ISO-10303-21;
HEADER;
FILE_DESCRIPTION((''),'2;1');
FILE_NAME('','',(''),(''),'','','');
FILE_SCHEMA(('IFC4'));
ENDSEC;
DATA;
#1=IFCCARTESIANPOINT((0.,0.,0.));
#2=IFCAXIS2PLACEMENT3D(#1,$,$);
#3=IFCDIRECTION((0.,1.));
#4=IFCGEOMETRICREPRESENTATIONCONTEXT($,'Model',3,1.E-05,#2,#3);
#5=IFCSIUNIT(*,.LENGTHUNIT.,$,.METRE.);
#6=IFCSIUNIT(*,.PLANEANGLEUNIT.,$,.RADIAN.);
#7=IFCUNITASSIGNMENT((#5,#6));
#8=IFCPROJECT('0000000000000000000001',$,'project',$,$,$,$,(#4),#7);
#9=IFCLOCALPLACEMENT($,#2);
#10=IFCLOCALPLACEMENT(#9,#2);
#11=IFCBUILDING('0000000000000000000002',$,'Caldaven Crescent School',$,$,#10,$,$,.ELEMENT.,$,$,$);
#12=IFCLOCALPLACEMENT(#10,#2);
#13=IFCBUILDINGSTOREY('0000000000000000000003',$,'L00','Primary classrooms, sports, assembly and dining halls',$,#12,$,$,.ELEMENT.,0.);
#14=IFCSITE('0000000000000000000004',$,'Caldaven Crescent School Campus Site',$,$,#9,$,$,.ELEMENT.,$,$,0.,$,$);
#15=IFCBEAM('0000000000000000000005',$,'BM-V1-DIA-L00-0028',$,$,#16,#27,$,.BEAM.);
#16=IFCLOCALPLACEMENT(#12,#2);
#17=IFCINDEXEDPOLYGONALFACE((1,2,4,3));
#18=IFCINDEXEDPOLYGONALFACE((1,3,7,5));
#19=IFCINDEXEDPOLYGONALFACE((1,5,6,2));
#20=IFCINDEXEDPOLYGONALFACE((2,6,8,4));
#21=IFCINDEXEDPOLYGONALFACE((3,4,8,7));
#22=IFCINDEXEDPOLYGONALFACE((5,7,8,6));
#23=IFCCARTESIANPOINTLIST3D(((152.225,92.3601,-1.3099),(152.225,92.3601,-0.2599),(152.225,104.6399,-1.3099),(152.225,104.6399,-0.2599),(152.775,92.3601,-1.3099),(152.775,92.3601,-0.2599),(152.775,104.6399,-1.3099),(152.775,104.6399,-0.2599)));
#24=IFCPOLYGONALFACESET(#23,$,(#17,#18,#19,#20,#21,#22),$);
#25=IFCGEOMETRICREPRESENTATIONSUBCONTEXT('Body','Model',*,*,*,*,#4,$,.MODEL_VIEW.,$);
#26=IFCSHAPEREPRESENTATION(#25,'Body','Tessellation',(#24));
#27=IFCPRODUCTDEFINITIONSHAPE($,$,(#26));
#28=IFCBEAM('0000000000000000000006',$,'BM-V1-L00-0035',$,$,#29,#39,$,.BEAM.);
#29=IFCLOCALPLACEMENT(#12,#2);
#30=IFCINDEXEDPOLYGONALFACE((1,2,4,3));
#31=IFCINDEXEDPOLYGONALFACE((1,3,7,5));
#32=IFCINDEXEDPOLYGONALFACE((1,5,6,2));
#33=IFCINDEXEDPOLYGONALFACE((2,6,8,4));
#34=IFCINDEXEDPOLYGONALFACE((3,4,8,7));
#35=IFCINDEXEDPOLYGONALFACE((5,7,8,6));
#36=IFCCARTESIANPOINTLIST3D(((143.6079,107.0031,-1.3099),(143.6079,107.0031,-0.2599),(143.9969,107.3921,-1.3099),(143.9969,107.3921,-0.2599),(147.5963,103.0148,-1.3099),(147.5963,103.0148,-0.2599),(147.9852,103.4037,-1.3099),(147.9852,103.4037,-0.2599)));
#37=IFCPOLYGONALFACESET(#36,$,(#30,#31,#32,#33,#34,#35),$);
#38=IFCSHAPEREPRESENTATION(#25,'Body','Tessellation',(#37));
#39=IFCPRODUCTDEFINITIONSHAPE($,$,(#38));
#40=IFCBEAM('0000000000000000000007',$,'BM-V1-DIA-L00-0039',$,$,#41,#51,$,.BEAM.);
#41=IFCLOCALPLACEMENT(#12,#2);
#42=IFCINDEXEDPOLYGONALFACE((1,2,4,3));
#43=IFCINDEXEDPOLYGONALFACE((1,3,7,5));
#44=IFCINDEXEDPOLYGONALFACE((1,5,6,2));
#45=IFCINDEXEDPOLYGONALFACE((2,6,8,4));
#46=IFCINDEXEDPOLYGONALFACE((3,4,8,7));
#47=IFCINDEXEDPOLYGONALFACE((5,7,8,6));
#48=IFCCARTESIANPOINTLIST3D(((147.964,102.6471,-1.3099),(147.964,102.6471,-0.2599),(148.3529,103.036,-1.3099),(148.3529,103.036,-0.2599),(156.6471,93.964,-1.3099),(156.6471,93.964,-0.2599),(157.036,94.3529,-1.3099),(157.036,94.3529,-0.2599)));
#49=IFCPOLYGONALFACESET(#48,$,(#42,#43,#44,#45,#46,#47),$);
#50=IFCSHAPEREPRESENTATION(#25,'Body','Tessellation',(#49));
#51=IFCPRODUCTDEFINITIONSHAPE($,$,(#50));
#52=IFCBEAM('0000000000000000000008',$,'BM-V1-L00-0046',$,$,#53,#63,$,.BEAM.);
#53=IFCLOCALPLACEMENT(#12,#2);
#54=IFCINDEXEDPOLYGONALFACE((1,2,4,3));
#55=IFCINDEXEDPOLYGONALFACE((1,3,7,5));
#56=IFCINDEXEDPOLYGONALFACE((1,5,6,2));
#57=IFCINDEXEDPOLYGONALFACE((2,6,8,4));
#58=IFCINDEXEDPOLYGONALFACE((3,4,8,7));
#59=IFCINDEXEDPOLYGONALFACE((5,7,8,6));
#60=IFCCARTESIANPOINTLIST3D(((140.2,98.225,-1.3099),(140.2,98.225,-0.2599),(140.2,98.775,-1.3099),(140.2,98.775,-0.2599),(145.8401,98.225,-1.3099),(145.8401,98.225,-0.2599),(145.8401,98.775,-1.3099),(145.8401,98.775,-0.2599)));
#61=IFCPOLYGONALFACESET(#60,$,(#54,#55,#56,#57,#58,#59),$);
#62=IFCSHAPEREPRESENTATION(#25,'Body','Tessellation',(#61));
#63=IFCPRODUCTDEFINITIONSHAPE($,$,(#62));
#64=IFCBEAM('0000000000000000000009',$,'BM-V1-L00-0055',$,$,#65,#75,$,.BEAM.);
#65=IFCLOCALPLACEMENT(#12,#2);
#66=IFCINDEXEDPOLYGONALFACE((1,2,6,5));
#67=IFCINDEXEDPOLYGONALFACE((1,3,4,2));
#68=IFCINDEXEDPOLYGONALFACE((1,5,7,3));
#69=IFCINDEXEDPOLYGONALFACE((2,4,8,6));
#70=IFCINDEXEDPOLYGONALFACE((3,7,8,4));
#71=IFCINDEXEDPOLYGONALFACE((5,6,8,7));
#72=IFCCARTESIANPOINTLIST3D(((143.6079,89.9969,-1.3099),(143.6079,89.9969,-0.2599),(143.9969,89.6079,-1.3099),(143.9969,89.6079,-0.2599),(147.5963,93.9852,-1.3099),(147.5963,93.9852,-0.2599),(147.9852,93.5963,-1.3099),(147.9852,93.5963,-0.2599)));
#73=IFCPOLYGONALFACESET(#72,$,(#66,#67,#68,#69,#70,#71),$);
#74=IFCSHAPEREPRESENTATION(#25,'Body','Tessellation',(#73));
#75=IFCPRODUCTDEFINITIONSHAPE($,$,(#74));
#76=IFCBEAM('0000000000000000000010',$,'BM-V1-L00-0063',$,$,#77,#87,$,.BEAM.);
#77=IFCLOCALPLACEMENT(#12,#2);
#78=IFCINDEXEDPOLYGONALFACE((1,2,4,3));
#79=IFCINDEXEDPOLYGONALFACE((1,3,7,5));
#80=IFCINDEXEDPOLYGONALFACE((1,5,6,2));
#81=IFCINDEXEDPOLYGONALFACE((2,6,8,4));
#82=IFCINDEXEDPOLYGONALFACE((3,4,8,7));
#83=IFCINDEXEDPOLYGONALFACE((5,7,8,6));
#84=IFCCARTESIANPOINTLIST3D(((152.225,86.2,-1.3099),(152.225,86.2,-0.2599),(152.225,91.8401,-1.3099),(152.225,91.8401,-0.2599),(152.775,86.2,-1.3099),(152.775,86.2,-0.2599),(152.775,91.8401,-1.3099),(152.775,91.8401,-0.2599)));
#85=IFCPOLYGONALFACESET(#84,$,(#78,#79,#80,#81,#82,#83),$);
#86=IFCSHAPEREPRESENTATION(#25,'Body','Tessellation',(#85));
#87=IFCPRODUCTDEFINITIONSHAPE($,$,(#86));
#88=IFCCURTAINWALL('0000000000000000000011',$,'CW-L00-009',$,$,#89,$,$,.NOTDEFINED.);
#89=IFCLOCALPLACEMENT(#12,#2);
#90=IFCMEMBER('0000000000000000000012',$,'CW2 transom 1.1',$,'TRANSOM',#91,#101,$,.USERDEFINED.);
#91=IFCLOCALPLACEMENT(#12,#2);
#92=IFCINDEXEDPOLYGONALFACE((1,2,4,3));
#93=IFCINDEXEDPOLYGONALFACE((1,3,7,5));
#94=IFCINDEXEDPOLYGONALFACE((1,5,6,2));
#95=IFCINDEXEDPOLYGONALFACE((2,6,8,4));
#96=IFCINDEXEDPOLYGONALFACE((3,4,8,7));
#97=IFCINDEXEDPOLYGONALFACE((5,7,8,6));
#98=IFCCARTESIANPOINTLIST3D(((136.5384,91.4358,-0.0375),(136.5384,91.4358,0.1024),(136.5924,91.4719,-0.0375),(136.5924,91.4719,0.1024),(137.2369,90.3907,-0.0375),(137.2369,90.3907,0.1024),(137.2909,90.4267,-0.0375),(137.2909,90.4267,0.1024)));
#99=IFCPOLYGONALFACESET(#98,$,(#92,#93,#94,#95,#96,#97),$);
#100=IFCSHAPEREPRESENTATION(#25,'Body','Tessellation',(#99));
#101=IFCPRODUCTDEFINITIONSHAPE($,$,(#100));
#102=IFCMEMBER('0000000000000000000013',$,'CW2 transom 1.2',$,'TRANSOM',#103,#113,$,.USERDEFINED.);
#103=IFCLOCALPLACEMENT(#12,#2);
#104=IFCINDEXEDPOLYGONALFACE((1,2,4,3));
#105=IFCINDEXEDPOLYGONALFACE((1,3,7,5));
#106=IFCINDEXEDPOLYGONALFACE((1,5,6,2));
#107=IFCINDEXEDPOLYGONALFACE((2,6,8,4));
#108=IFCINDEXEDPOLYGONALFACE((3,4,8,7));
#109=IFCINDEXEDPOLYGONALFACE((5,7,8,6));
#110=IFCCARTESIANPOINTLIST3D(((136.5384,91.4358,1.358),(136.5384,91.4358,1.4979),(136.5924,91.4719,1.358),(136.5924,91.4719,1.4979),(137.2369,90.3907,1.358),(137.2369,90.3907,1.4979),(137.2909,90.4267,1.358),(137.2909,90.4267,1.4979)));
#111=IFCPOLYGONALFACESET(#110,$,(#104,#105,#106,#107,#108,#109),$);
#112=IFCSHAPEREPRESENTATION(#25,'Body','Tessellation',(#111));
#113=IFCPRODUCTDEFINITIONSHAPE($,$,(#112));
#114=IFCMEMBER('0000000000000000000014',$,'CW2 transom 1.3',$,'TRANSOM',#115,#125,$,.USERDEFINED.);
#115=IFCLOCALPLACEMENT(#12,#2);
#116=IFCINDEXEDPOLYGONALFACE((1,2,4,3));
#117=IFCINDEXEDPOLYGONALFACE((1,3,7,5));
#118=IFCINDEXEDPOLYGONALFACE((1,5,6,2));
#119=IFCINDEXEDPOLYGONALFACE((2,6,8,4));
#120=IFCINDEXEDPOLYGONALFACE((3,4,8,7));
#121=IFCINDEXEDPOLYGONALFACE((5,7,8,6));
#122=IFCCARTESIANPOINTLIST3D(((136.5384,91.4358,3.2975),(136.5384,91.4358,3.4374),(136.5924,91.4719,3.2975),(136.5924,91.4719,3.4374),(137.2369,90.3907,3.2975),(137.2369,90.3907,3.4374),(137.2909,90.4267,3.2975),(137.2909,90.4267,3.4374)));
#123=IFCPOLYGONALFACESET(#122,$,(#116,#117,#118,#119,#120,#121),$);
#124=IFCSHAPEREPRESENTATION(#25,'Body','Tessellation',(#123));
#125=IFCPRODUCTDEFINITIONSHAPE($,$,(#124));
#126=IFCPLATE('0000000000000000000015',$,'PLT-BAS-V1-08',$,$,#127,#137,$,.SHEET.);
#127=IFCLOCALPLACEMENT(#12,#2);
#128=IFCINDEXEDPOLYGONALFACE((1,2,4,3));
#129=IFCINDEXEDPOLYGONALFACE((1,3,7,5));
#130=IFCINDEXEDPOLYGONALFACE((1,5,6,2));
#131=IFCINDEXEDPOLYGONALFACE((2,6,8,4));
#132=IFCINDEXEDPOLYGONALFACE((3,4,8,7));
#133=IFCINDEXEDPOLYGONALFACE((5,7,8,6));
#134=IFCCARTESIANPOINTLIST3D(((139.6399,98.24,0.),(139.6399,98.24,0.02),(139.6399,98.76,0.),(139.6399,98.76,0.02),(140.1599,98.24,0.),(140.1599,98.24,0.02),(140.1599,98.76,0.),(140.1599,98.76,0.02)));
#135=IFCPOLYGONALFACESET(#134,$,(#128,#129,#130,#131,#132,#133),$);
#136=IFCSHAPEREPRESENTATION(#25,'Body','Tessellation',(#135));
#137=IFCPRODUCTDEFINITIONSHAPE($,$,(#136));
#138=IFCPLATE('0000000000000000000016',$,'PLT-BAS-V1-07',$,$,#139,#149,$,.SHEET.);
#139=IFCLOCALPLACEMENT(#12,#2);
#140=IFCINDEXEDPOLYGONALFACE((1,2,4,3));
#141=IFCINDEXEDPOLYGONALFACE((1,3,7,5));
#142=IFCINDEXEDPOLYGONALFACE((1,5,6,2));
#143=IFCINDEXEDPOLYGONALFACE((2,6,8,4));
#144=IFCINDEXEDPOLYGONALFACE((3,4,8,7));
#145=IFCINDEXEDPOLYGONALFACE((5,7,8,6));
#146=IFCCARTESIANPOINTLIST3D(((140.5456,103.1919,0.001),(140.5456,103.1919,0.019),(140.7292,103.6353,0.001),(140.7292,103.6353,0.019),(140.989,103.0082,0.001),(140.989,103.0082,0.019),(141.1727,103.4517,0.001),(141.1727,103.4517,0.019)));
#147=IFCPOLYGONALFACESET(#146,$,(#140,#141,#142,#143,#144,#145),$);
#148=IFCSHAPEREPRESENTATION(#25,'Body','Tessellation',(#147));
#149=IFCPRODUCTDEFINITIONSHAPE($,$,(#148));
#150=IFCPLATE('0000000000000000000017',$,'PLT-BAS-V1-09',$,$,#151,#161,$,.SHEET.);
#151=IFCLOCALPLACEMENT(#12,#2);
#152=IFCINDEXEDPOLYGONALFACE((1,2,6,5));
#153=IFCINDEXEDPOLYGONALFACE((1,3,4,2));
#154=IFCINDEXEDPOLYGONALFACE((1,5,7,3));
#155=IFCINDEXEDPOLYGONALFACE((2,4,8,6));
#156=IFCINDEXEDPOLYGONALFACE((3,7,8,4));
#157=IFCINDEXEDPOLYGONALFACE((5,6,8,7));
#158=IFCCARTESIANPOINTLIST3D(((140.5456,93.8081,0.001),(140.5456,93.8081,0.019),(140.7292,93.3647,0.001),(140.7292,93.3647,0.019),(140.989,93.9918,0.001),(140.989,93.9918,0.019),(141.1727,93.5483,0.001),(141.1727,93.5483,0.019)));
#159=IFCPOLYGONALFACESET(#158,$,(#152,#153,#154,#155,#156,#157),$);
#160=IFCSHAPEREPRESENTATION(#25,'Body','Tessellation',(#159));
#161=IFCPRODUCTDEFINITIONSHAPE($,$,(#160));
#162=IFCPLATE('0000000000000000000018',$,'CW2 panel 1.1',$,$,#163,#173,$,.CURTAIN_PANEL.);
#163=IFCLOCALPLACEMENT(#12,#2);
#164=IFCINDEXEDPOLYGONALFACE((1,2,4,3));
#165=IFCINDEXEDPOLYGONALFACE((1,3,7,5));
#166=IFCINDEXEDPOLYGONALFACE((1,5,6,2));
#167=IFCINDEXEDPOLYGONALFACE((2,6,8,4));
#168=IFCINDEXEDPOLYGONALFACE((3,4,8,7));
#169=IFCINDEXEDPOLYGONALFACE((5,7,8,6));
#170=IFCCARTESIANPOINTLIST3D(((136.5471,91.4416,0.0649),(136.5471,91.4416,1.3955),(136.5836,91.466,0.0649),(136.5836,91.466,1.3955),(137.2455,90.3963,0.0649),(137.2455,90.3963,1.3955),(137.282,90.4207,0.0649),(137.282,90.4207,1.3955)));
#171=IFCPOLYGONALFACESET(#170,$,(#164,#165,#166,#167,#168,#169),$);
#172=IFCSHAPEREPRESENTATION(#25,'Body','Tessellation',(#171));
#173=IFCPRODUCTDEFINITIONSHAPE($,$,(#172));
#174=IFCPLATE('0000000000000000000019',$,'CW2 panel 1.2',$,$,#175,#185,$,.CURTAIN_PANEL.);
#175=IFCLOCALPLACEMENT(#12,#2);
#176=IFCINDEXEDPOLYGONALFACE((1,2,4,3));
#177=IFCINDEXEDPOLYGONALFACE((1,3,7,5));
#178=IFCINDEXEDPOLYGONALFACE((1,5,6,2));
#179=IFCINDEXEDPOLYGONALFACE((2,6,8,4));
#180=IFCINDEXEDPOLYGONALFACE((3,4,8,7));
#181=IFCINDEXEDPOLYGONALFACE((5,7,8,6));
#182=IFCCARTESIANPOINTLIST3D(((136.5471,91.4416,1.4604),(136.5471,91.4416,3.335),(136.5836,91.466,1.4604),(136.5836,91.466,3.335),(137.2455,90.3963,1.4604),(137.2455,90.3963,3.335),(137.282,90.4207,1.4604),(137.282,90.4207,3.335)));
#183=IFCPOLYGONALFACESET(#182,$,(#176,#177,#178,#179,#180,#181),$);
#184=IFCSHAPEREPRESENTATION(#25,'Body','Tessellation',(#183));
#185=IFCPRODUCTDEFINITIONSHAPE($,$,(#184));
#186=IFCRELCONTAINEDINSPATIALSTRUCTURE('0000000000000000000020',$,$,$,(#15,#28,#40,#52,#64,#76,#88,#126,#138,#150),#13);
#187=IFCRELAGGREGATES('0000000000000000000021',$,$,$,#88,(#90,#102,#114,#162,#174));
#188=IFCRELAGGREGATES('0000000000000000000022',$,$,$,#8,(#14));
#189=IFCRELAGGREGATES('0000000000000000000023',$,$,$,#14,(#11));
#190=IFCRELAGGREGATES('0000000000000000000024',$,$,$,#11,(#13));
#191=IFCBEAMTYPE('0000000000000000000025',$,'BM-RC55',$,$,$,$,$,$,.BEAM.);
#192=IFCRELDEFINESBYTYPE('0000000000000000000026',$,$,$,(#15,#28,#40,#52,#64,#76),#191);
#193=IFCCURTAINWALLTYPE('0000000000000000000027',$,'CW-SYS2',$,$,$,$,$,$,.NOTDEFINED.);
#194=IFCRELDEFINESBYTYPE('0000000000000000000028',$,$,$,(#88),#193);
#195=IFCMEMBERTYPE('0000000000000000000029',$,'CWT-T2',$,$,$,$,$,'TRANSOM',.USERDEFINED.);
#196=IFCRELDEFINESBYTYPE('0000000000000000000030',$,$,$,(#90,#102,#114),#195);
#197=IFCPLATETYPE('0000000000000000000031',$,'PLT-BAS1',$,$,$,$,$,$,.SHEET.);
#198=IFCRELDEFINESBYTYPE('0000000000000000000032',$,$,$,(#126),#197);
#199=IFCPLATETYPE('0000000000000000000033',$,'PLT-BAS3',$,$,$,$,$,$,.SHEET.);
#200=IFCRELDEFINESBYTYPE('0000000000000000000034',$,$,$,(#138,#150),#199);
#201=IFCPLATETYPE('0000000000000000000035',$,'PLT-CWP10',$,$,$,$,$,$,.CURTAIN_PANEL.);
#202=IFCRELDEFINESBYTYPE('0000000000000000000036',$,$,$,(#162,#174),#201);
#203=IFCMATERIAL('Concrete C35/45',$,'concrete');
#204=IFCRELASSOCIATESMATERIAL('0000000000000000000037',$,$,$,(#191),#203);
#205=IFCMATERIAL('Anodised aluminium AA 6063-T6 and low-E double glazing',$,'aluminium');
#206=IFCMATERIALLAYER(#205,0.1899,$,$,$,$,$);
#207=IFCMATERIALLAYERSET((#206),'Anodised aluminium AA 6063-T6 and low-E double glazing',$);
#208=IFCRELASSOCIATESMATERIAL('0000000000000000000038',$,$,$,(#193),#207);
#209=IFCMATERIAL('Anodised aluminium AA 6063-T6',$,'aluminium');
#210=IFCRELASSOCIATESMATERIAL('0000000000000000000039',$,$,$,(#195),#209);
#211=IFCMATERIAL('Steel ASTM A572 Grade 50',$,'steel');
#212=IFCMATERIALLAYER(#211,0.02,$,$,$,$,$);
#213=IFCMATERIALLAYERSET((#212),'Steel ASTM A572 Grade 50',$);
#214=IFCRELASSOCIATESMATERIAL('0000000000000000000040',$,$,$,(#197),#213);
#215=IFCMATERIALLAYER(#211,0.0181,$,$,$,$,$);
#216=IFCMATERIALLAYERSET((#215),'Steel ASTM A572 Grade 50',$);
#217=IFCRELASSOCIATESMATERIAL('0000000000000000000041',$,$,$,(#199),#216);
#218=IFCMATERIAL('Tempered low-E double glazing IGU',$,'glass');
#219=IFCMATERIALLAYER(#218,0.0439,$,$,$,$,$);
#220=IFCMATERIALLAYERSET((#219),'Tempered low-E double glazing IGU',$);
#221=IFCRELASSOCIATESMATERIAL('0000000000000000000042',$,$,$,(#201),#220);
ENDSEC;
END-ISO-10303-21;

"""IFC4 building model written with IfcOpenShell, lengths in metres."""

from ifc_helpers import new_model, si_unit, direction, frame, origin, origin_2d, place, context, subcontext, project, spatial, rectangle, extrude, material, layer, layer_set, material_profile, profile_set, type_object, element, aggregate, save


model = new_model("IFC4")

# Units and contexts
model_context = context("Model", 3, precision=1e-05, world=origin(), true_north=direction((0.0, 1.0)))
body_context = subcontext(model_context, "Body", "Model", "MODEL_VIEW")
ifc_project = project(units=[si_unit("LENGTHUNIT", "METRE"), si_unit("PLANEANGLEUNIT", "RADIAN")], contexts=[model_context])

# Site, building, storey
site_placement = place(None, origin())
site = spatial("IfcSite", under=ifc_project, at=site_placement, Name="Caldaven Crescent School Campus Site", CompositionType="ELEMENT", RefElevation=0.0)
building_placement = place(site_placement, origin())
building = spatial("IfcBuilding", under=site, at=building_placement, Name="Caldaven Crescent School", CompositionType="ELEMENT")
storey_placement = place(building_placement, origin())
storey = spatial("IfcBuildingStorey", under=building, at=storey_placement, Name="L00", Description="Primary classrooms, sports, assembly and dining halls", CompositionType="ELEMENT", Elevation=0.0)

# Beams
ifc_material_1 = material(Name="Concrete C35/45", Category="concrete")
ifc_material_profile_1 = material_profile(ifc_material_1, rectangle(XDim=0.55, YDim=1.05, at=origin_2d()), Name="RC 550x1050")
ifc_profile_set_1 = profile_set([ifc_material_profile_1], Name="Concrete C35/45")
beam_type_1 = type_object("IfcBeamType", Name="BM-RC55", PredefinedType="BEAM", material=ifc_profile_set_1)
beam_1_placement = place(storey_placement, frame((152.5, 104.6399, -0.7849), z_axis=(0.0, -1.0, 0.0), x_axis=(1.0, 0.0, 0.0)))
element("IfcBeam", 1, at=beam_1_placement, inside=storey, type_object=beam_type_1, Name="BM-V1-DIA-L00-0028", PredefinedType="BEAM", context=body_context, shape_type="SweptSolid", body=[
    extrude(rectangle(XDim=0.55, YDim=1.05, at=origin_2d()), origin(), (0.0, 0.0, 1.0), 12.2798),
])
beam_2_placement = place(storey_placement, frame((147.7908, 103.2092, -0.7849), z_axis=(-0.707107, 0.707107, 0.0), x_axis=(-0.707107, -0.707107, 0.0)))
element("IfcBeam", 2, at=beam_2_placement, inside=storey, type_object=beam_type_1, Name="BM-V1-L00-0035", PredefinedType="BEAM", context=body_context, shape_type="SweptSolid", body=[
    extrude(rectangle(XDim=0.55, YDim=1.05, at=origin_2d()), origin(), (0.0, 0.0, 1.0), 5.6404),
])
beam_3_placement = place(storey_placement, frame((148.1584, 102.8416, -0.7849), z_axis=(0.707107, -0.707107, 0.0), x_axis=(0.707107, 0.707107, 0.0)))
element("IfcBeam", 3, at=beam_3_placement, inside=storey, type_object=beam_type_1, Name="BM-V1-DIA-L00-0039", PredefinedType="BEAM", context=body_context, shape_type="SweptSolid", body=[
    extrude(rectangle(XDim=0.55, YDim=1.05, at=origin_2d()), origin(), (0.0, 0.0, 1.0), 12.2798),
])
beam_4_placement = place(storey_placement, frame((145.8401, 98.5, -0.7849), z_axis=(-1.0, 0.0, 0.0), x_axis=(0.0, -1.0, 0.0)))
element("IfcBeam", 4, at=beam_4_placement, inside=storey, type_object=beam_type_1, Name="BM-V1-L00-0046", PredefinedType="BEAM", context=body_context, shape_type="SweptSolid", body=[
    extrude(rectangle(XDim=0.55, YDim=1.05, at=origin_2d()), origin(), (0.0, 0.0, 1.0), 5.6401),
])
beam_5_placement = place(storey_placement, frame((147.7908, 93.7908, -0.7849), z_axis=(-0.707107, -0.707107, 0.0), x_axis=(0.707107, -0.707107, 0.0)))
element("IfcBeam", 5, at=beam_5_placement, inside=storey, type_object=beam_type_1, Name="BM-V1-L00-0055", PredefinedType="BEAM", context=body_context, shape_type="SweptSolid", body=[
    extrude(rectangle(XDim=0.55, YDim=1.05, at=origin_2d()), origin(), (0.0, 0.0, 1.0), 5.6404),
])
beam_6_placement = place(storey_placement, frame((152.5, 91.8401, -0.7849), z_axis=(0.0, -1.0, 0.0), x_axis=(1.0, 0.0, 0.0)))
element("IfcBeam", 6, at=beam_6_placement, inside=storey, type_object=beam_type_1, Name="BM-V1-L00-0063", PredefinedType="BEAM", context=body_context, shape_type="SweptSolid", body=[
    extrude(rectangle(XDim=0.55, YDim=1.05, at=origin_2d()), origin(), (0.0, 0.0, 1.0), 5.6401),
])

# Curtain wall, members
ifc_material_2 = material(Name="Anodised aluminium AA 6063-T6 and low-E double glazing", Category="aluminium")
ifc_layer_1 = layer(ifc_material_2, 0.1899)
ifc_layer_set_1 = layer_set([ifc_layer_1], Name="Anodised aluminium AA 6063-T6 and low-E double glazing")
curtain_wall_type = type_object("IfcCurtainWallType", Name="CW-SYS2", PredefinedType="NOTDEFINED", material=ifc_layer_set_1)
curtain_wall_placement = place(storey_placement, origin())
curtain_wall = element("IfcCurtainWall", 7, at=curtain_wall_placement, inside=storey, type_object=curtain_wall_type, Name="CW-L00-009", PredefinedType="NOTDEFINED")
ifc_material_3 = material(Name="Anodised aluminium AA 6063-T6", Category="aluminium")
ifc_material_profile_2 = material_profile(ifc_material_3, rectangle(XDim=0.0649, YDim=0.1399, at=origin_2d()), Name="CWT 65x140")
ifc_profile_set_2 = profile_set([ifc_material_profile_2], Name="Anodised aluminium AA 6063-T6")
member_type = type_object("IfcMemberType", Name="CWT-T2", ElementType="TRANSOM", PredefinedType="USERDEFINED", material=ifc_profile_set_2)
member_1_placement = place(storey_placement, frame((136.5654, 91.4539, 0.0325), z_axis=(0.555641, -0.831422, 0.0), x_axis=(0.831422, 0.555641, 0.0)))
member_1 = element("IfcMember", 8, at=member_1_placement, type_object=member_type, Name="CW2 transom 1.1", ObjectType="TRANSOM", PredefinedType="USERDEFINED", context=body_context, shape_type="SweptSolid", body=[
    extrude(rectangle(XDim=0.0649, YDim=0.1399, at=origin_2d()), origin(), (0.0, 0.0, 1.0), 1.2571),
])
member_2_placement = place(storey_placement, frame((136.5654, 91.4539, 1.428), z_axis=(0.555641, -0.831422, 0.0), x_axis=(0.831422, 0.555641, 0.0)))
member_2 = element("IfcMember", 9, at=member_2_placement, type_object=member_type, Name="CW2 transom 1.2", ObjectType="TRANSOM", PredefinedType="USERDEFINED", context=body_context, shape_type="SweptSolid", body=[
    extrude(rectangle(XDim=0.0649, YDim=0.1399, at=origin_2d()), origin(), (0.0, 0.0, 1.0), 1.2571),
])
member_3_placement = place(storey_placement, frame((136.5654, 91.4539, 3.3674), z_axis=(0.555641, -0.831422, 0.0), x_axis=(0.831422, 0.555641, 0.0)))
member_3 = element("IfcMember", 10, at=member_3_placement, type_object=member_type, Name="CW2 transom 1.3", ObjectType="TRANSOM", PredefinedType="USERDEFINED", context=body_context, shape_type="SweptSolid", body=[
    extrude(rectangle(XDim=0.0649, YDim=0.1399, at=origin_2d()), origin(), (0.0, 0.0, 1.0), 1.2571),
])

# Plates
ifc_material_4 = material(Name="Steel ASTM A572 Grade 50", Category="steel")
ifc_layer_2 = layer(ifc_material_4, 0.02)
ifc_layer_set_2 = layer_set([ifc_layer_2], Name="Steel ASTM A572 Grade 50")
plate_type_1 = type_object("IfcPlateType", Name="PLT-BAS1", PredefinedType="SHEET", material=ifc_layer_set_2)
plate_1_placement = place(storey_placement, frame((139.8999, 98.5, 0.0), z_axis=(0.0, 0.0, 1.0), x_axis=(-1.0, 0.0, 0.0)))
element("IfcPlate", 11, at=plate_1_placement, inside=storey, type_object=plate_type_1, Name="PLT-BAS-V1-08", PredefinedType="SHEET", context=body_context, shape_type="SweptSolid", body=[
    extrude(rectangle(XDim=0.52, YDim=0.52, at=origin_2d()), origin(), (0.0, 0.0, 1.0), 0.02),
])
ifc_layer_3 = layer(ifc_material_4, 0.0181)
ifc_layer_set_3 = layer_set([ifc_layer_3], Name="Steel ASTM A572 Grade 50")
plate_type_2 = type_object("IfcPlateType", Name="PLT-BAS3", PredefinedType="SHEET", material=ifc_layer_set_3)
for number, where, z_axis, x_axis, name in (
    (12, (140.8591, 103.3218, 0.001), (0.0, 0.0, 1.0), (-0.92388, 0.382683, 0.0), "PLT-BAS-V1-07"),
    (13, (140.8591, 93.6782, 0.001), (0.0, 0.0, 1.0), (-0.92388, -0.382683, 0.0), "PLT-BAS-V1-09"),
):
    element("IfcPlate", number, at=place(storey_placement, frame(where, z_axis=z_axis, x_axis=x_axis)), inside=storey, type_object=plate_type_2, Name=name, PredefinedType="SHEET", context=body_context, shape_type="SweptSolid", body=[
        extrude(rectangle(XDim=0.48, YDim=0.48, at=origin_2d()), origin(), (0.0, 0.0, 1.0), 0.0181),
    ])

# Plates
ifc_material_5 = material(Name="Tempered low-E double glazing IGU", Category="glass")
ifc_layer_4 = layer(ifc_material_5, 0.0439)
ifc_layer_set_4 = layer_set([ifc_layer_4], Name="Tempered low-E double glazing IGU")
plate_type_3 = type_object("IfcPlateType", Name="PLT-CWP10", PredefinedType="CURTAIN_PANEL", material=ifc_layer_set_4)
plate_2_placement = place(storey_placement, frame((136.9146, 90.9312, 0.0649), z_axis=(0.0, 0.0, 1.0), x_axis=(0.555569, -0.83147, 0.0)))
plate_2 = element("IfcPlate", 14, at=plate_2_placement, type_object=plate_type_3, Name="CW2 panel 1.1", PredefinedType="CURTAIN_PANEL", context=body_context, shape_type="SweptSolid", body=[
    extrude(rectangle(XDim=1.2571, YDim=0.0439, at=origin_2d()), origin(), (0.0, 0.0, 1.0), 1.3306),
])
plate_3_placement = place(storey_placement, frame((136.9146, 90.9312, 1.4604), z_axis=(0.0, 0.0, 1.0), x_axis=(0.555569, -0.83147, 0.0)))
plate_3 = element("IfcPlate", 15, at=plate_3_placement, type_object=plate_type_3, Name="CW2 panel 1.2", PredefinedType="CURTAIN_PANEL", context=body_context, shape_type="SweptSolid", body=[
    extrude(rectangle(XDim=1.2571, YDim=0.0439, at=origin_2d()), origin(), (0.0, 0.0, 1.0), 1.8745),
])
aggregate(curtain_wall, [member_1, member_2, member_3, plate_2, plate_3])

save(model, "model.ifc")
